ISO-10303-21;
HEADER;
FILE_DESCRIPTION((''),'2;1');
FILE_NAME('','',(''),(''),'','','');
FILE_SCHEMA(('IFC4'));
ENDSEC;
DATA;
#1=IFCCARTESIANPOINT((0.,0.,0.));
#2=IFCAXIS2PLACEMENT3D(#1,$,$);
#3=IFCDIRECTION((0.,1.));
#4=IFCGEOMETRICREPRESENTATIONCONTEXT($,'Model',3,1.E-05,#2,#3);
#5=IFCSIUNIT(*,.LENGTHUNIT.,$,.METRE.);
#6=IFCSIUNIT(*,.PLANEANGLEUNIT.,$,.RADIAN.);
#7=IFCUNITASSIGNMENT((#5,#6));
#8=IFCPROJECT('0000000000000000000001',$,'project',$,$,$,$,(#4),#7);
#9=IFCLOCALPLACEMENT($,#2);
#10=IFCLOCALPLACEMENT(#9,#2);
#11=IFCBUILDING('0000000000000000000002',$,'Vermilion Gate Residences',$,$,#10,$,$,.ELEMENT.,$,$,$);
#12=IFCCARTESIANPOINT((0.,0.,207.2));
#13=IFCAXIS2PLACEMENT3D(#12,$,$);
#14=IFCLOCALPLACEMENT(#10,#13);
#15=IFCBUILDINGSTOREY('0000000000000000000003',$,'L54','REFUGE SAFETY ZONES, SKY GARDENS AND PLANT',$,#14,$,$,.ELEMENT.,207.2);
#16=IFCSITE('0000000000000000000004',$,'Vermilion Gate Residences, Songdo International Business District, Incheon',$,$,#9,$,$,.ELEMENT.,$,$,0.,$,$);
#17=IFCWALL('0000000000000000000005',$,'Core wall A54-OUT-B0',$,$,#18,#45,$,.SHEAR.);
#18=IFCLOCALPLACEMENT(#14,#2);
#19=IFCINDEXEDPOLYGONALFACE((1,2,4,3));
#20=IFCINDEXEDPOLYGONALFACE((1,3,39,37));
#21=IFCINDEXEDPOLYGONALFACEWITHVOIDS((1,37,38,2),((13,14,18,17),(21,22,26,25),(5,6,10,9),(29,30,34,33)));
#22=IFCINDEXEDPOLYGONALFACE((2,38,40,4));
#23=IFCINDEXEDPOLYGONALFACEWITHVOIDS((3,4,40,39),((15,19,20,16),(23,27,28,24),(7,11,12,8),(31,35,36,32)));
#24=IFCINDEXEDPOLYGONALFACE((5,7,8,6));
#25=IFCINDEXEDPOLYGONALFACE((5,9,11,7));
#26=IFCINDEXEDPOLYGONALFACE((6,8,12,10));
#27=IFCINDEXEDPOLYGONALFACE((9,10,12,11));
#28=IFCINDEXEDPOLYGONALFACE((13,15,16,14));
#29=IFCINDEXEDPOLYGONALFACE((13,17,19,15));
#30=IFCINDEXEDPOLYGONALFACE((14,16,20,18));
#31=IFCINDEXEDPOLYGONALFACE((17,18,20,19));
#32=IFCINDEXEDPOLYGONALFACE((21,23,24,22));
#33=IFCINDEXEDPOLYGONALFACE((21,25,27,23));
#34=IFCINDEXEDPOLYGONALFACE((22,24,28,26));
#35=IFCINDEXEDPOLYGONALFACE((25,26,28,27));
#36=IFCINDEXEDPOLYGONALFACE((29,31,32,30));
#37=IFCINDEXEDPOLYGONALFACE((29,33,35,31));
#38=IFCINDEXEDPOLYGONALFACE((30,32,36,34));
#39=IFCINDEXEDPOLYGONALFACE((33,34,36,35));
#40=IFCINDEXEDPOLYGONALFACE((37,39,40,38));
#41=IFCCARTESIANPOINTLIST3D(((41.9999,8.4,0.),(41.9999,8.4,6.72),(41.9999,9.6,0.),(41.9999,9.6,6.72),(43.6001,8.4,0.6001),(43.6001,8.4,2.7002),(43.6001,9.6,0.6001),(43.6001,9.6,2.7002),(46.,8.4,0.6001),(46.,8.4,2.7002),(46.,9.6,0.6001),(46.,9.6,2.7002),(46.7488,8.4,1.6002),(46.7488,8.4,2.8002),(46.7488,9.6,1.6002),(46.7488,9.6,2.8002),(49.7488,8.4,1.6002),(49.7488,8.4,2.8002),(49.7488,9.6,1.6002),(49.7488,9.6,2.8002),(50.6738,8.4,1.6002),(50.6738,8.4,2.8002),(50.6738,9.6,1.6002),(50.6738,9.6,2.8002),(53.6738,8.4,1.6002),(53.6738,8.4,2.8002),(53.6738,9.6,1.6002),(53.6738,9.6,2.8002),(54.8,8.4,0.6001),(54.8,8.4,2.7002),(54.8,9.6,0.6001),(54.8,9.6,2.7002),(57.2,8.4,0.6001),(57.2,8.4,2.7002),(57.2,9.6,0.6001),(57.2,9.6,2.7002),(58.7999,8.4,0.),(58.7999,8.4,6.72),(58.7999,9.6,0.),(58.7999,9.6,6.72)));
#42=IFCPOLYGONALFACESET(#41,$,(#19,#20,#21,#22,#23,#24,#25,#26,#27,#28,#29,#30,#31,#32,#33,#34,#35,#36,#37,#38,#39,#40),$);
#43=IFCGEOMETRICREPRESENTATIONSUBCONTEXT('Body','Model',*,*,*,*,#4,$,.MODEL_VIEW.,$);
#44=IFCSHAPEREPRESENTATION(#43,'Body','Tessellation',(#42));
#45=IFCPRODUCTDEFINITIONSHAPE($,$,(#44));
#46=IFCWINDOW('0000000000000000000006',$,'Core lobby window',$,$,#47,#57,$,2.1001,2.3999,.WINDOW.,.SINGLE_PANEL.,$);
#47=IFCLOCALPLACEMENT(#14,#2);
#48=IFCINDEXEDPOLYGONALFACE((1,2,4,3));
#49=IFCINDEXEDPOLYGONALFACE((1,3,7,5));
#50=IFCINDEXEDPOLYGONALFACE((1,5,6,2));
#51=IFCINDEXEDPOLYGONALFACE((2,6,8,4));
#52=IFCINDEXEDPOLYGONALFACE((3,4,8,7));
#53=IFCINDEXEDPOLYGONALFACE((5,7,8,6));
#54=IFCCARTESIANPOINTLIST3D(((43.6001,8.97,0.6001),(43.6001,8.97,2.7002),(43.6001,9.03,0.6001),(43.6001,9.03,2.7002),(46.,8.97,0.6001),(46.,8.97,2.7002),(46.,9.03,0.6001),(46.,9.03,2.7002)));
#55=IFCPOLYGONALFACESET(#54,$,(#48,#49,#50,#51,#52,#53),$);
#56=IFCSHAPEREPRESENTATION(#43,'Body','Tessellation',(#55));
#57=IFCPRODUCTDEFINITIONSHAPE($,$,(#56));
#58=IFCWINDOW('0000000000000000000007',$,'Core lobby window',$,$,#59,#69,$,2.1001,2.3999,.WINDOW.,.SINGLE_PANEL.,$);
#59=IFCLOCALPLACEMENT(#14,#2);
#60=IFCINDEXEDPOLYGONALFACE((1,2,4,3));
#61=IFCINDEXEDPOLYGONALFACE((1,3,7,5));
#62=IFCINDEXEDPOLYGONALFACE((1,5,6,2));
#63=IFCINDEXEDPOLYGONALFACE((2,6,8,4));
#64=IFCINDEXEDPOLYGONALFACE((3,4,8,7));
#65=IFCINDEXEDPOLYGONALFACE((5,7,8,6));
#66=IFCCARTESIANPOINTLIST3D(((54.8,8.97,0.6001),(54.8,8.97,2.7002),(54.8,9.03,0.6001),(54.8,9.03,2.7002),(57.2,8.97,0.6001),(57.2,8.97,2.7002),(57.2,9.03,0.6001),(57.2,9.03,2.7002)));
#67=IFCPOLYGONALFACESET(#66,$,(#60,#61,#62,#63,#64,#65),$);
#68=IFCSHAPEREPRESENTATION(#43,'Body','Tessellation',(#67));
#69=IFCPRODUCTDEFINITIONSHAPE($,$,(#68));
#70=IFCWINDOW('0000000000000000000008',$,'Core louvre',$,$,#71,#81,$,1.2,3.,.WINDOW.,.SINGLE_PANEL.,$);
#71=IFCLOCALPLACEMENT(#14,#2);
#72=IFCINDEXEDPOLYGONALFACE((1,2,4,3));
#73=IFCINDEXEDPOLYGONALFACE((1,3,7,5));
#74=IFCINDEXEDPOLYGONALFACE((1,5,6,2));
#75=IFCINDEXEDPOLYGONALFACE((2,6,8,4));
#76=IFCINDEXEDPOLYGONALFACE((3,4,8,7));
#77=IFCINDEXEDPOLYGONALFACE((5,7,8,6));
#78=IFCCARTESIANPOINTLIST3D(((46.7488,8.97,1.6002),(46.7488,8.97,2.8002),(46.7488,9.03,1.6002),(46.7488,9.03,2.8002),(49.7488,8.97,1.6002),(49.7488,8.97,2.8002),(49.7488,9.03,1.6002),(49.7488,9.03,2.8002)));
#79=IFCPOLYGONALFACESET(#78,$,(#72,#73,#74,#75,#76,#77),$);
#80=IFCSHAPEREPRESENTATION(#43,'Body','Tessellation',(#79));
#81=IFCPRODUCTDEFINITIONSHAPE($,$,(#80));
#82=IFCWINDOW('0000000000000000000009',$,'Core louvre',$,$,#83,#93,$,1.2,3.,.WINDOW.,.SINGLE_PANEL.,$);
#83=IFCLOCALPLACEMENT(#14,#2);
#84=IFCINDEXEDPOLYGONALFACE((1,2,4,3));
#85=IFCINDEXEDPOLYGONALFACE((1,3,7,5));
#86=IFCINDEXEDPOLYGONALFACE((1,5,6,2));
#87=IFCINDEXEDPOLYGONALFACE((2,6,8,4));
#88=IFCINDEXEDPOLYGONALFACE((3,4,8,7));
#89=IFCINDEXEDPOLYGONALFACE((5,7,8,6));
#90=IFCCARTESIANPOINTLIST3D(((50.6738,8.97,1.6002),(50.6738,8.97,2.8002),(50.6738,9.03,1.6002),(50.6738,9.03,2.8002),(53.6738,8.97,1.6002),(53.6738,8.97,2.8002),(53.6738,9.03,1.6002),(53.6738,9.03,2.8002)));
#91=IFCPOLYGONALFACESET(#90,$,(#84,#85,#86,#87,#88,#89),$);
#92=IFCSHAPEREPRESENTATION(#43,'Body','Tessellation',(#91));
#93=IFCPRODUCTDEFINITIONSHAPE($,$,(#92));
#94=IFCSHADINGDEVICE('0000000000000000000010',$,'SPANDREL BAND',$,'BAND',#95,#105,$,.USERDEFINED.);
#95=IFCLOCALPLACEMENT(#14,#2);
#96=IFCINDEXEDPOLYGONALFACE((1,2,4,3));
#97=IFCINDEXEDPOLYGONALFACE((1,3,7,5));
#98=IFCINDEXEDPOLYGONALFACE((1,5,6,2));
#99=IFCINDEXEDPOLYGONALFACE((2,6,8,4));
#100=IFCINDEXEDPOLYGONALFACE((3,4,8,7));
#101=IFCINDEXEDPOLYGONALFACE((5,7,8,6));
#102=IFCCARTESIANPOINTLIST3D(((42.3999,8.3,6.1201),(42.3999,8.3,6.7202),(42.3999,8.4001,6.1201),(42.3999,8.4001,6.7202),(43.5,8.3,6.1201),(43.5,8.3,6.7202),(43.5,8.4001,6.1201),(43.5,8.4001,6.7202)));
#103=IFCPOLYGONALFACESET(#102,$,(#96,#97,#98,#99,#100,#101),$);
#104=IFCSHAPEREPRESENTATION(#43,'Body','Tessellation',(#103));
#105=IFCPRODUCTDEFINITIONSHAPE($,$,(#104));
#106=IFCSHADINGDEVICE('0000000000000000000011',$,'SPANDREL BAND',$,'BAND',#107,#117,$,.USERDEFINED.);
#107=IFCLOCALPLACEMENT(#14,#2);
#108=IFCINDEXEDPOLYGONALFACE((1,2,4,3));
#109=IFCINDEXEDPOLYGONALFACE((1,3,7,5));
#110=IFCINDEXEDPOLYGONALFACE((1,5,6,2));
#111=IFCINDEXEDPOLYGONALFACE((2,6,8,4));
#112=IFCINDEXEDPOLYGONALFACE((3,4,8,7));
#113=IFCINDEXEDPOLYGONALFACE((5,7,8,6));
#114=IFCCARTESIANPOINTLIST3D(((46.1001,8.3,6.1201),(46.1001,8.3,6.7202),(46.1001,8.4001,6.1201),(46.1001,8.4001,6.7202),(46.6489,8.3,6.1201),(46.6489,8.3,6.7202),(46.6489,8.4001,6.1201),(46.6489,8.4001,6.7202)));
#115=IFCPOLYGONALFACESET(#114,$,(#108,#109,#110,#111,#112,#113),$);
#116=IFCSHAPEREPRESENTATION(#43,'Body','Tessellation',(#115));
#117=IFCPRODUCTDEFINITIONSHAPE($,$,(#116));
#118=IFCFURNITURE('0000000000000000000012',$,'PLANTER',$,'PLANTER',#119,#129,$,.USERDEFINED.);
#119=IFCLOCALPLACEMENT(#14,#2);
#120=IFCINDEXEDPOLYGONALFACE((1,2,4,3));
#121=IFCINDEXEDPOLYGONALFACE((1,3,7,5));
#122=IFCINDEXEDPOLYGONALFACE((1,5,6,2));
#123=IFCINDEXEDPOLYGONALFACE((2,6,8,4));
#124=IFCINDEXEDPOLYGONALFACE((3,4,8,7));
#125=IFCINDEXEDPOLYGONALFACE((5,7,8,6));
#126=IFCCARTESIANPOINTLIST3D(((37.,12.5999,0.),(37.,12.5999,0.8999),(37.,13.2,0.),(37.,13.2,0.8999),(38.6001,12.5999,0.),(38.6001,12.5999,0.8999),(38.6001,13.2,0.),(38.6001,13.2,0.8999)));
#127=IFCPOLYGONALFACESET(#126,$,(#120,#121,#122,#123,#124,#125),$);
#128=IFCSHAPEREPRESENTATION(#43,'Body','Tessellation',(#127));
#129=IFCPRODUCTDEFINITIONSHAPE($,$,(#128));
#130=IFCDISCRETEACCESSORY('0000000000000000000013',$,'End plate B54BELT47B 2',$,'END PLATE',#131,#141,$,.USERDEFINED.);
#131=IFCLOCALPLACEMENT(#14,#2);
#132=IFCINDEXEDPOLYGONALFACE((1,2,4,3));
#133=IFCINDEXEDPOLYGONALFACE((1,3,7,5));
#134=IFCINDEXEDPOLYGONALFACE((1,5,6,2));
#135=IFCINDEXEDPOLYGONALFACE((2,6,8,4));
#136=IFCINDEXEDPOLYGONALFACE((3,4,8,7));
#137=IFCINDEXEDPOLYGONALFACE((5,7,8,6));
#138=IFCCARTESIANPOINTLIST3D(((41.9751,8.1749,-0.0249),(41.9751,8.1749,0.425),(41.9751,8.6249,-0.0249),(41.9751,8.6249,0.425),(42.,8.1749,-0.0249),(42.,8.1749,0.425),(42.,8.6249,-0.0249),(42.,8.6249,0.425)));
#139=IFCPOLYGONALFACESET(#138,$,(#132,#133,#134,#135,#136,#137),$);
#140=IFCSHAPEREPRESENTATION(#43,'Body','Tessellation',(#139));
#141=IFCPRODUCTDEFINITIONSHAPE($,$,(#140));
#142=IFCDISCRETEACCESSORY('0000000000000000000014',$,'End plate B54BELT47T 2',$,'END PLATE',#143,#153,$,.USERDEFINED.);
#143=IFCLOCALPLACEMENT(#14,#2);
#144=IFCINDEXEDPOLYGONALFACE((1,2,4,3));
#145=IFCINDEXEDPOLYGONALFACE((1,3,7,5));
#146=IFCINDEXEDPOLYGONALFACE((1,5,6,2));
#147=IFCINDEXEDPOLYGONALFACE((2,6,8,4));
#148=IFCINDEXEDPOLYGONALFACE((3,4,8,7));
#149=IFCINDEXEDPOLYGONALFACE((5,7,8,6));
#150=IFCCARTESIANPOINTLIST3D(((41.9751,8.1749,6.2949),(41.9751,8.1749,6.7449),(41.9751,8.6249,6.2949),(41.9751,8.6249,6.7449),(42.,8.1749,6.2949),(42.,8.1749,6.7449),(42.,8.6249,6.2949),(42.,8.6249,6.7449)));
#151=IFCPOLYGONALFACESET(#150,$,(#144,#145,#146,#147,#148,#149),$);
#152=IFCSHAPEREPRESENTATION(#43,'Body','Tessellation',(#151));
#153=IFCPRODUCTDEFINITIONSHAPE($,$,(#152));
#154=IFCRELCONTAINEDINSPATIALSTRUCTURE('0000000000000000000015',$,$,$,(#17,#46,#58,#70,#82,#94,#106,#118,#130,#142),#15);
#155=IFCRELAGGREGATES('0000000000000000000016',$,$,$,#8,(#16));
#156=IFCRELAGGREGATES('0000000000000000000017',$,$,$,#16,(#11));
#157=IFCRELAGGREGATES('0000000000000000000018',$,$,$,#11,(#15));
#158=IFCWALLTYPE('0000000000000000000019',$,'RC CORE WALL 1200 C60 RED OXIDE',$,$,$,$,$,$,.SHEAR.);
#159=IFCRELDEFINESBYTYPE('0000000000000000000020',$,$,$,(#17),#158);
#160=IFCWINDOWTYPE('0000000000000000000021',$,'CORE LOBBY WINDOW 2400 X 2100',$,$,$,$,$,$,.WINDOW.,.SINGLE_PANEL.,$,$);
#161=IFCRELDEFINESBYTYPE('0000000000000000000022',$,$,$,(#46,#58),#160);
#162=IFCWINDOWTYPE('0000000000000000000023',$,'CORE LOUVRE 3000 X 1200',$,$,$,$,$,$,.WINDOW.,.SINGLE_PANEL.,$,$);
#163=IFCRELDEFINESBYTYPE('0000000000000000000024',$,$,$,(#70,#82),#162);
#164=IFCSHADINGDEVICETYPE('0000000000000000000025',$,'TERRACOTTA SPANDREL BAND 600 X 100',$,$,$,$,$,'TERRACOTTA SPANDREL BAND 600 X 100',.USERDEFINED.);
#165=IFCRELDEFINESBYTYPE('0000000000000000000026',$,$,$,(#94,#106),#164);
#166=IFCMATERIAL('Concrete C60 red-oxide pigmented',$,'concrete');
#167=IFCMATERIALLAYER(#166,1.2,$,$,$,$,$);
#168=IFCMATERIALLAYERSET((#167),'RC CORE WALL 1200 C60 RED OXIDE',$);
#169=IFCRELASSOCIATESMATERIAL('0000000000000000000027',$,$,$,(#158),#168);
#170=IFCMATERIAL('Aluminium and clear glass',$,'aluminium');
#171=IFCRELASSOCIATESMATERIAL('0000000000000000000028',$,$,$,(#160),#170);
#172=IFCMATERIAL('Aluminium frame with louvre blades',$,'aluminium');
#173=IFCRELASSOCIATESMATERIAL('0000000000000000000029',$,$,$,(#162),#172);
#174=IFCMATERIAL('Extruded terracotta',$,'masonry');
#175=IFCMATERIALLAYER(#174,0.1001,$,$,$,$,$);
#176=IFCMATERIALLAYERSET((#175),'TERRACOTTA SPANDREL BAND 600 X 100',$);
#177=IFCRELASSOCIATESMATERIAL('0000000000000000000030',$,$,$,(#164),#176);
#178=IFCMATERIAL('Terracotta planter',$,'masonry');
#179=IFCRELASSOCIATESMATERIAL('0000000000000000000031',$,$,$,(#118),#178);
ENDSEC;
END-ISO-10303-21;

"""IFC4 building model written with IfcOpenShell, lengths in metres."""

from ifc_helpers import new_model, si_unit, direction, frame, frame_2d, origin, origin_2d, place, context, subcontext, project, spatial, rectangle, extrude, material, layer, layer_set, type_object, element, fill, save


model = new_model("IFC4")

# Units and contexts
model_context = context("Model", 3, precision=1e-05, world=origin(), true_north=direction((0.0, 1.0)))
body_context = subcontext(model_context, "Body", "Model", "MODEL_VIEW")
ifc_project = project(units=[si_unit("LENGTHUNIT", "METRE"), si_unit("PLANEANGLEUNIT", "RADIAN")], contexts=[model_context])

# Site, building, storey
site_placement = place(None, origin())
site = spatial("IfcSite", under=ifc_project, at=site_placement, Name="Vermilion Gate Residences, Songdo International Business District, Incheon", CompositionType="ELEMENT", RefElevation=0.0)
building_placement = place(site_placement, origin())
building = spatial("IfcBuilding", under=site, at=building_placement, Name="Vermilion Gate Residences", CompositionType="ELEMENT")
storey_placement = place(building_placement, frame((0.0, 0.0, 207.2)))
storey = spatial("IfcBuildingStorey", under=building, at=storey_placement, Name="L54", Description="REFUGE SAFETY ZONES, SKY GARDENS AND PLANT", CompositionType="ELEMENT", Elevation=207.2)

# Wall, openings, windows
ifc_material_1 = material(Name="Concrete C60 red-oxide pigmented", Category="concrete")
ifc_layer_1 = layer(ifc_material_1, 1.2)
ifc_layer_set_1 = layer_set([ifc_layer_1], Name="RC CORE WALL 1200 C60 RED OXIDE")
wall_type_1 = type_object("IfcWallType", Name="RC CORE WALL 1200 C60 RED OXIDE", PredefinedType="SHEAR", material=ifc_layer_set_1)
wall_1_placement = place(storey_placement, frame((42.0, 9.0, 0.0), z_axis=(0.0, 0.0, 1.0), x_axis=(1.0, 0.0, 0.0)))
wall_1 = element("IfcWall", 1, at=wall_1_placement, inside=storey, type_object=wall_type_1, Name="Core wall A54-OUT-B0", PredefinedType="SHEAR", context=body_context, shape_type="SweptSolid", body=[
    extrude(rectangle(XDim=16.8, YDim=1.2, at=frame_2d((8.3999, 0.0))), origin(), (0.0, 0.0, 1.0), 6.72),
])
opening_1_placement = place(wall_1_placement, frame((1.6001, 0.0, 0.6001)))
opening_1 = element("IfcOpeningElement", 2, at=opening_1_placement, cuts=wall_1, PredefinedType="OPENING", context=body_context, shape_type="SweptSolid", body=[
    extrude(rectangle(XDim=2.3999, YDim=2.1001, at=frame_2d((1.2, 1.05))), frame((0.0, 0.6099, 0.0), z_axis=(0.0, -1.0, 0.0), x_axis=(1.0, 0.0, 0.0)), (0.0, 0.0, 1.0), 1.22),
])
opening_2_placement = place(wall_1_placement, frame((4.7488, 0.0, 1.6001)))
opening_2 = element("IfcOpeningElement", 3, at=opening_2_placement, cuts=wall_1, PredefinedType="OPENING", context=body_context, shape_type="SweptSolid", body=[
    extrude(rectangle(XDim=3.0, YDim=1.2, at=frame_2d((1.5, 0.6001))), frame((0.0, 0.6099, 0.0), z_axis=(0.0, -1.0, 0.0), x_axis=(1.0, 0.0, 0.0)), (0.0, 0.0, 1.0), 1.22),
])
opening_3_placement = place(wall_1_placement, frame((8.6738, 0.0, 1.6001)))
opening_3 = element("IfcOpeningElement", 4, at=opening_3_placement, cuts=wall_1, PredefinedType="OPENING", context=body_context, shape_type="SweptSolid", body=[
    extrude(rectangle(XDim=3.0, YDim=1.2, at=frame_2d((1.5, 0.6001))), frame((0.0, 0.6099, 0.0), z_axis=(0.0, -1.0, 0.0), x_axis=(1.0, 0.0, 0.0)), (0.0, 0.0, 1.0), 1.22),
])
opening_4_placement = place(wall_1_placement, frame((12.8, 0.0, 0.6001)))
opening_4 = element("IfcOpeningElement", 5, at=opening_4_placement, cuts=wall_1, PredefinedType="OPENING", context=body_context, shape_type="SweptSolid", body=[
    extrude(rectangle(XDim=2.3999, YDim=2.1001, at=frame_2d((1.2, 1.05))), frame((0.0, 0.6099, 0.0), z_axis=(0.0, -1.0, 0.0), x_axis=(1.0, 0.0, 0.0)), (0.0, 0.0, 1.0), 1.22),
])
ifc_material_2 = material(Name="Aluminium and clear glass", Category="aluminium")
window_type_1 = type_object("IfcWindowType", Name="CORE LOBBY WINDOW 2400 X 2100", PartitioningType="SINGLE_PANEL", PredefinedType="WINDOW", material=ifc_material_2)
window_1_placement = place(opening_1_placement, origin())
window_1 = element("IfcWindow", 6, at=window_1_placement, inside=storey, type_object=window_type_1, Name="Core lobby window", OverallHeight=2.1001, OverallWidth=2.3999, PartitioningType="SINGLE_PANEL", PredefinedType="WINDOW", context=body_context, shape_type="SweptSolid", body=[
    extrude(rectangle(XDim=2.3999, YDim=2.1001, at=frame_2d((1.2, 1.05))), frame((0.0, 0.03, 0.0), z_axis=(0.0, -1.0, 0.0), x_axis=(1.0, 0.0, 0.0)), (0.0, 0.0, 1.0), 0.0601),
])
fill(opening_1, window_1)
window_2_placement = place(opening_4_placement, origin())
window_2 = element("IfcWindow", 7, at=window_2_placement, inside=storey, type_object=window_type_1, Name="Core lobby window", OverallHeight=2.1001, OverallWidth=2.3999, PartitioningType="SINGLE_PANEL", PredefinedType="WINDOW", context=body_context, shape_type="SweptSolid", body=[
    extrude(rectangle(XDim=2.3999, YDim=2.1001, at=frame_2d((1.2, 1.05))), frame((0.0, 0.03, 0.0), z_axis=(0.0, -1.0, 0.0), x_axis=(1.0, 0.0, 0.0)), (0.0, 0.0, 1.0), 0.0601),
])
fill(opening_4, window_2)
ifc_material_3 = material(Name="Aluminium frame with louvre blades", Category="aluminium")
window_type_2 = type_object("IfcWindowType", Name="CORE LOUVRE 3000 X 1200", PartitioningType="SINGLE_PANEL", PredefinedType="WINDOW", material=ifc_material_3)
window_3_placement = place(opening_2_placement, origin())
window_3 = element("IfcWindow", 8, at=window_3_placement, inside=storey, type_object=window_type_2, Name="Core louvre", OverallHeight=1.2, OverallWidth=3.0, PartitioningType="SINGLE_PANEL", PredefinedType="WINDOW", context=body_context, shape_type="SweptSolid", body=[
    extrude(rectangle(XDim=3.0, YDim=1.2, at=frame_2d((1.5, 0.6001))), frame((0.0, 0.03, 0.0), z_axis=(0.0, -1.0, 0.0), x_axis=(1.0, 0.0, 0.0)), (0.0, 0.0, 1.0), 0.0601),
])
fill(opening_2, window_3)
window_4_placement = place(opening_3_placement, origin())
window_4 = element("IfcWindow", 9, at=window_4_placement, inside=storey, type_object=window_type_2, Name="Core louvre", OverallHeight=1.2, OverallWidth=3.0, PartitioningType="SINGLE_PANEL", PredefinedType="WINDOW", context=body_context, shape_type="SweptSolid", body=[
    extrude(rectangle(XDim=3.0, YDim=1.2, at=frame_2d((1.5, 0.6001))), frame((0.0, 0.03, 0.0), z_axis=(0.0, -1.0, 0.0), x_axis=(1.0, 0.0, 0.0)), (0.0, 0.0, 1.0), 0.0601),
])
fill(opening_3, window_4)

# Shading devices
ifc_material_4 = material(Name="Extruded terracotta", Category="masonry")
ifc_layer_2 = layer(ifc_material_4, 0.1001)
ifc_layer_set_2 = layer_set([ifc_layer_2], Name="TERRACOTTA SPANDREL BAND 600 X 100")
shading_device_type = type_object("IfcShadingDeviceType", Name="TERRACOTTA SPANDREL BAND 600 X 100", ElementType="TERRACOTTA SPANDREL BAND 600 X 100", PredefinedType="USERDEFINED", material=ifc_layer_set_2)
shading_device_1_placement = place(storey_placement, frame((42.95, 8.3501, 6.1201), z_axis=(0.0, 0.0, 1.0), x_axis=(1.0, 0.0, 0.0)))
element("IfcShadingDevice", 10, at=shading_device_1_placement, inside=storey, type_object=shading_device_type, Name="SPANDREL BAND", ObjectType="BAND", PredefinedType="USERDEFINED", context=body_context, shape_type="SweptSolid", body=[
    extrude(rectangle(XDim=1.1001, YDim=0.1001, at=origin_2d()), origin(), (0.0, 0.0, 1.0), 0.6001),
])
shading_device_2_placement = place(storey_placement, frame((46.3745, 8.3501, 6.1201), z_axis=(0.0, 0.0, 1.0), x_axis=(1.0, 0.0, 0.0)))
element("IfcShadingDevice", 11, at=shading_device_2_placement, inside=storey, type_object=shading_device_type, Name="SPANDREL BAND", ObjectType="BAND", PredefinedType="USERDEFINED", context=body_context, shape_type="SweptSolid", body=[
    extrude(rectangle(XDim=0.5488, YDim=0.1001, at=origin_2d()), origin(), (0.0, 0.0, 1.0), 0.6001),
])

# Furniture
ifc_material_5 = material(Name="Terracotta planter", Category="masonry")
furniture_placement = place(storey_placement, frame((37.8, 12.8999, 0.0), z_axis=(0.0, 0.0, 1.0), x_axis=(1.0, 0.0, 0.0)))
element("IfcFurniture", 12, at=furniture_placement, inside=storey, material=ifc_material_5, Name="PLANTER", ObjectType="PLANTER", PredefinedType="USERDEFINED", context=body_context, shape_type="SweptSolid", body=[
    extrude(rectangle(XDim=1.6001, YDim=0.6001, at=origin_2d()), origin(), (0.0, 0.0, 1.0), 0.8999),
])

# Discrete accessories
for number, where, z_axis, x_axis, name in (
    (13, (41.9875, 8.3999, -0.0249), (0.0, 0.0, 1.0), (1.0, 0.0, 0.0), "End plate B54BELT47B 2"),
    (14, (41.9875, 8.3999, 6.2949), (0.0, 0.0, 1.0), (1.0, 0.0, 0.0), "End plate B54BELT47T 2"),
):
    element("IfcDiscreteAccessory", number, at=place(storey_placement, frame(where, z_axis=z_axis, x_axis=x_axis)), inside=storey, Name=name, ObjectType="END PLATE", PredefinedType="USERDEFINED", context=body_context, shape_type="SweptSolid", body=[
        extrude(rectangle(XDim=0.0249, YDim=0.45, at=origin_2d()), origin(), (0.0, 0.0, 1.0), 0.45),
    ])

save(model, "model.ifc")
